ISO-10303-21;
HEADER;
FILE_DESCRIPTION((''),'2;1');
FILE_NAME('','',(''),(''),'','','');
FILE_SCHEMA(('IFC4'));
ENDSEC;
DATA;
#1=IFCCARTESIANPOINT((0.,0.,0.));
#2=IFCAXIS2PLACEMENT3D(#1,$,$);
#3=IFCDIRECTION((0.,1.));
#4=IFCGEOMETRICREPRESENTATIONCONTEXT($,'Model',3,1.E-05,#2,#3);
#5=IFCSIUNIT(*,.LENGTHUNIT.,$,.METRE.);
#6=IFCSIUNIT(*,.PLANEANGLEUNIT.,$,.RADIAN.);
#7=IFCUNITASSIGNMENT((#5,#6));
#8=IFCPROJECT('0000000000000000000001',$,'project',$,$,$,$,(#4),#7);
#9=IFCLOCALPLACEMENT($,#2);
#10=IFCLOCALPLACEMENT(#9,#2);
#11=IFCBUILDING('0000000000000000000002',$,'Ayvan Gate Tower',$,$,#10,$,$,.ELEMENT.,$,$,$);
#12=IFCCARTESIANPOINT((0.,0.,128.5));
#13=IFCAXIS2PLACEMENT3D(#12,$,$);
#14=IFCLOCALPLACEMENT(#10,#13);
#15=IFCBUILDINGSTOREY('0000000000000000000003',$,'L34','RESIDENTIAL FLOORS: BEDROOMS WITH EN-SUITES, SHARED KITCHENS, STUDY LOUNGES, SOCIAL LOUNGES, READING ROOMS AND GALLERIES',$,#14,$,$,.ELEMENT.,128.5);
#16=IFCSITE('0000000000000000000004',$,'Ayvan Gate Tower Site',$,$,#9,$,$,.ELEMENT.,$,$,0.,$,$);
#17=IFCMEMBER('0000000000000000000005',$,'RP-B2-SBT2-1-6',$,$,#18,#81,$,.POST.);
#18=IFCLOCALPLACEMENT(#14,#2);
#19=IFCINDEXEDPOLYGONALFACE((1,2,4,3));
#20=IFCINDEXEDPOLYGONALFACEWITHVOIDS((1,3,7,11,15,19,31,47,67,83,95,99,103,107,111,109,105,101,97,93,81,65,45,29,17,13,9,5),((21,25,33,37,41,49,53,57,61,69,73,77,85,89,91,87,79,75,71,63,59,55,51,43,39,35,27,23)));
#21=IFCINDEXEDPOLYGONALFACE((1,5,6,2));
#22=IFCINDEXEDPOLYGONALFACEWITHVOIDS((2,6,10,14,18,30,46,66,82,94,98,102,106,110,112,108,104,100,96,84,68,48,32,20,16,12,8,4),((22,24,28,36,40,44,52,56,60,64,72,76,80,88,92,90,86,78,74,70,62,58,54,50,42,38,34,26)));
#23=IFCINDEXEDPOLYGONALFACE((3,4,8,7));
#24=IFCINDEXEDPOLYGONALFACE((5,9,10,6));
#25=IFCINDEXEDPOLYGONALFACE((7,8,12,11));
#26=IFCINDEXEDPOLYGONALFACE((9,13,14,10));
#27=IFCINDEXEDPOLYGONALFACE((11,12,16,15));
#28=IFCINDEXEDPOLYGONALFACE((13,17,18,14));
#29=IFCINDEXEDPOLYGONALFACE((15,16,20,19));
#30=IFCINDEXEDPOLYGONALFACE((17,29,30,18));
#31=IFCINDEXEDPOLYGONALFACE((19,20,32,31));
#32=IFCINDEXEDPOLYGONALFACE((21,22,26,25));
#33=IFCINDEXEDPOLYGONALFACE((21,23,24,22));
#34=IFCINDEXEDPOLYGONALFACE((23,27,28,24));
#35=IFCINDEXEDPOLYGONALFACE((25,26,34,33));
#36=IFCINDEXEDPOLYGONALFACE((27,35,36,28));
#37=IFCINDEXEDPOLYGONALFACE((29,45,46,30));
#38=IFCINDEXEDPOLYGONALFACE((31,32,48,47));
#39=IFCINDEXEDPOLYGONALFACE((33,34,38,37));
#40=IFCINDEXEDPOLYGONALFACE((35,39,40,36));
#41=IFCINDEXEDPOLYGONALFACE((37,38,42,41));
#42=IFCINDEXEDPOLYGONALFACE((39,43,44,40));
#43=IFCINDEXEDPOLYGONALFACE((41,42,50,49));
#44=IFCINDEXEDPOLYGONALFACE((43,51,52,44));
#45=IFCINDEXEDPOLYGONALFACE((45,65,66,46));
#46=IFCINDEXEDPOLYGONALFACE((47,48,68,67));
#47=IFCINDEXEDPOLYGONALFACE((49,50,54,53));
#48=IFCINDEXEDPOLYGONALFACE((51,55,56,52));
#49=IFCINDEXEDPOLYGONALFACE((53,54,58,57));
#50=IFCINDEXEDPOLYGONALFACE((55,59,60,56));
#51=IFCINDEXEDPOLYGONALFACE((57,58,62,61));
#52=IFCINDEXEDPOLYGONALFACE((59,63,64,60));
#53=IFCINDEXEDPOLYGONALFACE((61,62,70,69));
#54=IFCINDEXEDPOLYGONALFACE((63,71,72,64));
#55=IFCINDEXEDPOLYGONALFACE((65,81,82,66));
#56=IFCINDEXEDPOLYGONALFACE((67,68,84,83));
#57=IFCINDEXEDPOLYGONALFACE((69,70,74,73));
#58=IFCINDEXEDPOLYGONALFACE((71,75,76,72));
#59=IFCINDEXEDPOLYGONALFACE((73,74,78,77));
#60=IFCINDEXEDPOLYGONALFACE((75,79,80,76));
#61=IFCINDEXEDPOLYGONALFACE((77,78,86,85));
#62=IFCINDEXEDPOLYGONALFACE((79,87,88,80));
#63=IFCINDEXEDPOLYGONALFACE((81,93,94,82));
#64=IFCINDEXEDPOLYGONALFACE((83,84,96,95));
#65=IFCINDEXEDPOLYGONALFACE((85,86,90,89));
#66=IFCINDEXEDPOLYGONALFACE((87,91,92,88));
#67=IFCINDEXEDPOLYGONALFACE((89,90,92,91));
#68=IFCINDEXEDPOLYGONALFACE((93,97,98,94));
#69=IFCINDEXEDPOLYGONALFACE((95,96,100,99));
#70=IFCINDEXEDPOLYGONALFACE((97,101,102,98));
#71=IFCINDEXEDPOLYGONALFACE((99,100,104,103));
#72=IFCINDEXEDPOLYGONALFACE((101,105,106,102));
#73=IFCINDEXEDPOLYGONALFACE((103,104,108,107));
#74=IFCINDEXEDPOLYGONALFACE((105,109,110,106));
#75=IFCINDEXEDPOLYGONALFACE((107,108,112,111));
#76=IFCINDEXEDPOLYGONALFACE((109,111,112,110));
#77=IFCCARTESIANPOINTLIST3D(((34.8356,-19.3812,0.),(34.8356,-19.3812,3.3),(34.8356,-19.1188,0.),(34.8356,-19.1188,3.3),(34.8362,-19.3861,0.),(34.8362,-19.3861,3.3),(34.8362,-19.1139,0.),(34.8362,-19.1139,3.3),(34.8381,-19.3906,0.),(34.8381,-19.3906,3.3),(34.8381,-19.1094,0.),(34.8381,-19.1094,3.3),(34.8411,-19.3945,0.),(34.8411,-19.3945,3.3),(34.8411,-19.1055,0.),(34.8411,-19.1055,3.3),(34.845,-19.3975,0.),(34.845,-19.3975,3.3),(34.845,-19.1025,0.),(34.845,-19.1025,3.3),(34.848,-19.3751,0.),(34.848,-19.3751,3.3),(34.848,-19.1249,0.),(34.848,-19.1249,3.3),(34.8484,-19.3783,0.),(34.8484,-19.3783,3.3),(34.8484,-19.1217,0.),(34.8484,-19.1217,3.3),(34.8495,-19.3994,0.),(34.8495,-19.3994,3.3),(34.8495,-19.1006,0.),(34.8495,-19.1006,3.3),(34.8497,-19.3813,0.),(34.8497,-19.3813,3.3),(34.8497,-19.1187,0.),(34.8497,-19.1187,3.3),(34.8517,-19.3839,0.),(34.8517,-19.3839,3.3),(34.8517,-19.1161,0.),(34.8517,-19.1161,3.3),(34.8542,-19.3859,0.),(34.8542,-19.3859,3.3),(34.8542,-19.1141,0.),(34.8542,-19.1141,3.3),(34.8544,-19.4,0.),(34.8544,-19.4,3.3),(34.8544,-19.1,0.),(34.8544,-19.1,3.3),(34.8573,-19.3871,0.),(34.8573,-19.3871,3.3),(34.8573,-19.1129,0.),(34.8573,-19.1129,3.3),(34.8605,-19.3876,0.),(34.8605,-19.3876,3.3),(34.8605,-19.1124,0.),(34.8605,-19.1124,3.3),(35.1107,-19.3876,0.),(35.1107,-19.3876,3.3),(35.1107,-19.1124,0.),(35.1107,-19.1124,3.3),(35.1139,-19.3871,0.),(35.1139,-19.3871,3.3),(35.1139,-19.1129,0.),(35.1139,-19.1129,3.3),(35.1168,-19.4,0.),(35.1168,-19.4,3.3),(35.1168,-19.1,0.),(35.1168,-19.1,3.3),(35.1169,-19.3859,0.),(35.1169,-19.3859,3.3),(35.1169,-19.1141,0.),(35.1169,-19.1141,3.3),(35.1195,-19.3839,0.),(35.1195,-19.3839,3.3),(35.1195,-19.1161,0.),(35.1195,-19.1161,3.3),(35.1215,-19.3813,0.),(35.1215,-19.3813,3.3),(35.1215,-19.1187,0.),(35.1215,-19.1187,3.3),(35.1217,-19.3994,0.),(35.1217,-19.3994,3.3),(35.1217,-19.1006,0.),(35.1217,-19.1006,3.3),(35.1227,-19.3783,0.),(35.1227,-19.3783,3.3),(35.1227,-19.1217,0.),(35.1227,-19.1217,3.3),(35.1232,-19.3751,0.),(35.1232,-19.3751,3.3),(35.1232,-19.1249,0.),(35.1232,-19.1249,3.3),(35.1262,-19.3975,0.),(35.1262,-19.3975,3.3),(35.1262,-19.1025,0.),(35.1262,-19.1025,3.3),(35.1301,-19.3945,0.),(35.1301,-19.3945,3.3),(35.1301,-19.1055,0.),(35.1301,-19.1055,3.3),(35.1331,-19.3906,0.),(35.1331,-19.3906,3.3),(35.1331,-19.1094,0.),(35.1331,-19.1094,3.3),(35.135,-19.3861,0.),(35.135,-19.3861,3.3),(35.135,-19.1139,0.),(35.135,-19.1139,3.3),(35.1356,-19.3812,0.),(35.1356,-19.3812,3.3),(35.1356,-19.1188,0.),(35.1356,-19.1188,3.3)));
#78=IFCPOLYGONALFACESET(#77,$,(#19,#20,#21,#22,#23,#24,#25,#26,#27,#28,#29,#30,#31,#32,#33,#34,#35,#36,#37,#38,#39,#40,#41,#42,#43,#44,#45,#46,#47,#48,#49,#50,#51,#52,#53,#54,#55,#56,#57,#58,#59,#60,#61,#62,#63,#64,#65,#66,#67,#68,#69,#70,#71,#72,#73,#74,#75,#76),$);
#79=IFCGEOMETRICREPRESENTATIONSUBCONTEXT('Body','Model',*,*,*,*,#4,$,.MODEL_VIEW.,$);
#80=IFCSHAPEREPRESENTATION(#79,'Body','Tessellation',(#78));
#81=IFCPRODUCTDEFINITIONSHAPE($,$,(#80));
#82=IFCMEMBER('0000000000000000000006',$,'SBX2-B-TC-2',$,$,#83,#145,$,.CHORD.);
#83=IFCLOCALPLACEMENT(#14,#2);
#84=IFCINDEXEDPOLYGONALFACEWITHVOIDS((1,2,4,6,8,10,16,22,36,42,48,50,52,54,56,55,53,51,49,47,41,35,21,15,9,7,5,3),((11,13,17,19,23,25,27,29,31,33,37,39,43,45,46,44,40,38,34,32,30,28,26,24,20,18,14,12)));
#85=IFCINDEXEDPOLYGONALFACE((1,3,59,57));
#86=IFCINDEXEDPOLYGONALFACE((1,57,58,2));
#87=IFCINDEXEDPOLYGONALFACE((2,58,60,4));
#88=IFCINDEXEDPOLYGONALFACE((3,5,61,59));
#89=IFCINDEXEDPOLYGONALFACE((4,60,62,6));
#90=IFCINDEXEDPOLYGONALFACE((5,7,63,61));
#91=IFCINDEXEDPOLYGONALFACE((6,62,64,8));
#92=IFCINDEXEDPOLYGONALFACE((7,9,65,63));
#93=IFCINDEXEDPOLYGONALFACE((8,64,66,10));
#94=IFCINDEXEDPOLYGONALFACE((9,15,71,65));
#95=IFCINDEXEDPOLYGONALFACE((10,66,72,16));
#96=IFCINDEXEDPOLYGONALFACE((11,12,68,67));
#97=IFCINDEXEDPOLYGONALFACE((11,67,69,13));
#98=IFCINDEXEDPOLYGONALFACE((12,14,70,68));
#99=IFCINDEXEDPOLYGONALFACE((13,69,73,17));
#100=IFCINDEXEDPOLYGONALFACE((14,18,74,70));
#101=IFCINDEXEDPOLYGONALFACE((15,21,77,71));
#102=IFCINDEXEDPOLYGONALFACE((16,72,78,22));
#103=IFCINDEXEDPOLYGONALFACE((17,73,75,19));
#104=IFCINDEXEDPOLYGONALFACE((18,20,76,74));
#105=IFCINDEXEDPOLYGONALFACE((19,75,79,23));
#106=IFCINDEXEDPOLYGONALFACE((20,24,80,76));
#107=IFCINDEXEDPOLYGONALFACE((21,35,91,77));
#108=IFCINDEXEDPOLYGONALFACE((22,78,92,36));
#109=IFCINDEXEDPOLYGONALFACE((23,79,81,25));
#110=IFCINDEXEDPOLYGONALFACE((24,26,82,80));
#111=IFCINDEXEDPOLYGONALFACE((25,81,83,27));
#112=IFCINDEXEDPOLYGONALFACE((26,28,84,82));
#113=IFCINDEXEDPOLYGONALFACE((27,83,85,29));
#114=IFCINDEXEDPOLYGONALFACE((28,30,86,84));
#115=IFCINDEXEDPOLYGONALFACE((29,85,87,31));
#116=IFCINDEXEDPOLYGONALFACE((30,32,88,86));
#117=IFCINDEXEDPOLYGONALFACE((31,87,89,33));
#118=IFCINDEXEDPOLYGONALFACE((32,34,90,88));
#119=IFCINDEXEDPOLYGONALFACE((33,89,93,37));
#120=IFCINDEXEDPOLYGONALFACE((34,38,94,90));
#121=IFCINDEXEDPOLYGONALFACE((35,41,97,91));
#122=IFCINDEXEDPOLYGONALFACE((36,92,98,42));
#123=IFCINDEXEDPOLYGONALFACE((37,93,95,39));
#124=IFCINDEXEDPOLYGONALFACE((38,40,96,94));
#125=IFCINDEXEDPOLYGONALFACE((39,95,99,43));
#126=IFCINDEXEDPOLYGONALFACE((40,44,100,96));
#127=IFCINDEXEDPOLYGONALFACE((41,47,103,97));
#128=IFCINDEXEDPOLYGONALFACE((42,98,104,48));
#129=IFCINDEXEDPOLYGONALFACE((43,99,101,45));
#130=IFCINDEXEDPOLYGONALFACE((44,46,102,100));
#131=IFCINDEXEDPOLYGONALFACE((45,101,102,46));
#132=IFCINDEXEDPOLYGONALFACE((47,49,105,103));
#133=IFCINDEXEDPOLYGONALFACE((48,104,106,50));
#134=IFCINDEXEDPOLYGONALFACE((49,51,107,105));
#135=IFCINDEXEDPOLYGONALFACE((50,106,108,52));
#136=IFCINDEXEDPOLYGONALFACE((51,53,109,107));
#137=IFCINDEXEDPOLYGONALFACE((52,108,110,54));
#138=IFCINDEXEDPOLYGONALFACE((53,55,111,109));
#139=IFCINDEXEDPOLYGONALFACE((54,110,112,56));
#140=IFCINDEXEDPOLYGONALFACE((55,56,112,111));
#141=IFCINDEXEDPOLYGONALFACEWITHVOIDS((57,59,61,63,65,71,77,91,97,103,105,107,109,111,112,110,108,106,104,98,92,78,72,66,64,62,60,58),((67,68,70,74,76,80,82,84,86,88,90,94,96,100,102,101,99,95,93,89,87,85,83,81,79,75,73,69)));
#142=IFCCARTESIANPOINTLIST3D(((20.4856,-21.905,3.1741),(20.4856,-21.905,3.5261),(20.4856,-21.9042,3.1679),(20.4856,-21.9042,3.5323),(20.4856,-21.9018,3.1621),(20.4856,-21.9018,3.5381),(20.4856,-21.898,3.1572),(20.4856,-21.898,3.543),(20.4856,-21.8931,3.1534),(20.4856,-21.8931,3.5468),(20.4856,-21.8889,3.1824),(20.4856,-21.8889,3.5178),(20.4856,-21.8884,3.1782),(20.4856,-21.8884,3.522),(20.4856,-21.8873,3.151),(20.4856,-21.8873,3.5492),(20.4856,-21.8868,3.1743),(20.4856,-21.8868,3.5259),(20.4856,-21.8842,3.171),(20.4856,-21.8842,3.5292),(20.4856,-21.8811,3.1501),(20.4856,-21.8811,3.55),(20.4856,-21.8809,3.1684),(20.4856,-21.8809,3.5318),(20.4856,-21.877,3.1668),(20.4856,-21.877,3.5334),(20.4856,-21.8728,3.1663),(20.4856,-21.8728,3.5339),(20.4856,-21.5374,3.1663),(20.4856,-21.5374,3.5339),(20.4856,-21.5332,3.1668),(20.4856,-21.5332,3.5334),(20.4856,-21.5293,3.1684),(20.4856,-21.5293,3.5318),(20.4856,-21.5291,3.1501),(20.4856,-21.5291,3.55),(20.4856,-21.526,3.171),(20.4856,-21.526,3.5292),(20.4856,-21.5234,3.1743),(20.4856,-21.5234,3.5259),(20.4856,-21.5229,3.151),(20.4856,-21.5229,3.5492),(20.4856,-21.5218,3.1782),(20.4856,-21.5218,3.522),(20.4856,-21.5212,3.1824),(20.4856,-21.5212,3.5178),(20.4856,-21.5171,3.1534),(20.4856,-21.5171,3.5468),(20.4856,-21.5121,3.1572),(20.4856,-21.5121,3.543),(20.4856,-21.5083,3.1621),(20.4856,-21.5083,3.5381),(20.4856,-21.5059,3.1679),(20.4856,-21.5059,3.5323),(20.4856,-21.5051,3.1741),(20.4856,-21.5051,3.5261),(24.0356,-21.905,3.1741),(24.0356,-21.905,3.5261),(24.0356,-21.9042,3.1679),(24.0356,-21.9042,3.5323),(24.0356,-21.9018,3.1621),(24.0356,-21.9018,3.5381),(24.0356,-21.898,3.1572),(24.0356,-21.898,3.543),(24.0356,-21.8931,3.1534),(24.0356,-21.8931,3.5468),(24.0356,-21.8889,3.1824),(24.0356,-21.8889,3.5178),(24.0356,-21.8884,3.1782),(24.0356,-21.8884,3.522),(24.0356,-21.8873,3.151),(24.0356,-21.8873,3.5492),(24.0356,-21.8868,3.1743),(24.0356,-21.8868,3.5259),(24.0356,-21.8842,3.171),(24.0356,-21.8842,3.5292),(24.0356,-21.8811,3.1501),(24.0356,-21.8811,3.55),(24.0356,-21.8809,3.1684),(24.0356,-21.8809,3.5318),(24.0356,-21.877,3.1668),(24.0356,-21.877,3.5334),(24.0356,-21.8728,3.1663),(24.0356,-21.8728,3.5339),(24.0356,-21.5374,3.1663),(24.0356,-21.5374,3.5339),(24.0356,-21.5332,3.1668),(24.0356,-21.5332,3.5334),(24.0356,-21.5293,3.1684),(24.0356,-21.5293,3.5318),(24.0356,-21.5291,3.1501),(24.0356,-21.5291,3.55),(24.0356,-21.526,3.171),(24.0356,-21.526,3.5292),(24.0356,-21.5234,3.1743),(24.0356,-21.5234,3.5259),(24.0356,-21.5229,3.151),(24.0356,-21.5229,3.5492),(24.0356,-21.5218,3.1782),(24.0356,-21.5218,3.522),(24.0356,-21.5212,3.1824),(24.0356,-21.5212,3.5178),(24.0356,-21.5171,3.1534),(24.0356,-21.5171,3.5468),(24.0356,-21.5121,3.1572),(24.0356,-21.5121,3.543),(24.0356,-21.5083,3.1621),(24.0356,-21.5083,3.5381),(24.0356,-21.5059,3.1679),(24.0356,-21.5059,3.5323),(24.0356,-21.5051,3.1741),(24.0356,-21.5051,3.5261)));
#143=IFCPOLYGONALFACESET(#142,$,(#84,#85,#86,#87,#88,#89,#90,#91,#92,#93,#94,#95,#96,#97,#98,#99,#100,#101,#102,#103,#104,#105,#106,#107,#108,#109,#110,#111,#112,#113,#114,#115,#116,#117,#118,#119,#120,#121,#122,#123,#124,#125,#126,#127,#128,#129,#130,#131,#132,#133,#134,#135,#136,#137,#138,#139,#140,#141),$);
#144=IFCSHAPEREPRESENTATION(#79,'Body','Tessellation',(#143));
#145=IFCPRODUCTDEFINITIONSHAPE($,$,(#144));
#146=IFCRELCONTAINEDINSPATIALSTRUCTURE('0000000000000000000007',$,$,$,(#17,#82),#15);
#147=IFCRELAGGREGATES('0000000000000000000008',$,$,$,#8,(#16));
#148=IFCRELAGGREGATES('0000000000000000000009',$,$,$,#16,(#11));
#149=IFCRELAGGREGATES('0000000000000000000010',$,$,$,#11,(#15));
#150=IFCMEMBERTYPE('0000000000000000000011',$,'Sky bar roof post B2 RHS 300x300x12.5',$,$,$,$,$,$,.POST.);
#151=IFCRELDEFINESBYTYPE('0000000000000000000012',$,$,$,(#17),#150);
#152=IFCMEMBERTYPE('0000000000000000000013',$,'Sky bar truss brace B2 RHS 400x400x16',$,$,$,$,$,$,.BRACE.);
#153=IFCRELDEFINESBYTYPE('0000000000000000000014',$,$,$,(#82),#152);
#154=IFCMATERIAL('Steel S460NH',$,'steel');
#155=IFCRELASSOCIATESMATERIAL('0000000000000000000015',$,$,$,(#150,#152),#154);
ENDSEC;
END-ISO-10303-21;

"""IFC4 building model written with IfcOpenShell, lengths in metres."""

from ifc_helpers import new_model, si_unit, direction, frame, origin, origin_2d, place, context, subcontext, project, spatial, hollow_rectangle, extrude, material, material_profile, profile_set, type_object, element, save


model = new_model("IFC4")

# Units and contexts
model_context = context("Model", 3, precision=1e-05, world=origin(), true_north=direction((0.0, 1.0)))
body_context = subcontext(model_context, "Body", "Model", "MODEL_VIEW")
ifc_project = project(units=[si_unit("LENGTHUNIT", "METRE"), si_unit("PLANEANGLEUNIT", "RADIAN")], contexts=[model_context])

# Site, building, storey
site_placement = place(None, origin())
site = spatial("IfcSite", under=ifc_project, at=site_placement, Name="Ayvan Gate Tower Site", CompositionType="ELEMENT", RefElevation=0.0)
building_placement = place(site_placement, origin())
building = spatial("IfcBuilding", under=site, at=building_placement, Name="Ayvan Gate Tower", CompositionType="ELEMENT")
storey_placement = place(building_placement, frame((0.0, 0.0, 128.5)))
storey = spatial("IfcBuildingStorey", under=building, at=storey_placement, Name="L34", Description="RESIDENTIAL FLOORS: BEDROOMS WITH EN-SUITES, SHARED KITCHENS, STUDY LOUNGES, SOCIAL LOUNGES, READING ROOMS AND GALLERIES", CompositionType="ELEMENT", Elevation=128.5)

# Members
ifc_material_1 = material(Name="Steel S460NH", Category="steel")
ifc_material_profile_1 = material_profile(ifc_material_1, hollow_rectangle(XDim=0.3, YDim=0.3, WallThickness=0.0125, InnerFilletRadius=0.0125, OuterFilletRadius=0.0188, at=origin_2d()), Name="RHS 300x300x12.5")
ifc_profile_set_1 = profile_set([ifc_material_profile_1], Name="Steel S460NH")
member_type_1 = type_object("IfcMemberType", Name="Sky bar roof post B2 RHS 300x300x12.5", PredefinedType="POST", material=ifc_profile_set_1)
for number, where, z_axis, x_axis, name in (
    (1, (34.9856, -19.25, 0.0), (0.0, 0.0, 1.0), (1.0, 0.0, 0.0), "RP-B2-SBT2-1-6"),
):
    element("IfcMember", number, at=place(storey_placement, frame(where, z_axis=z_axis, x_axis=x_axis)), inside=storey, type_object=member_type_1, Name=name, PredefinedType="POST", context=body_context, shape_type="SweptSolid", body=[
        extrude(hollow_rectangle(XDim=0.3, YDim=0.3, WallThickness=0.0125, InnerFilletRadius=0.0125, OuterFilletRadius=0.0188, at=origin_2d()), origin(), (0.0, 0.0, 1.0), 3.3),
    ])
ifc_material_profile_2 = material_profile(ifc_material_1, hollow_rectangle(XDim=0.3999, YDim=0.3999, WallThickness=0.0161, InnerFilletRadius=0.0161, OuterFilletRadius=0.0239, at=origin_2d()), Name="RHS 400x400x16")
ifc_profile_set_2 = profile_set([ifc_material_profile_2], Name="Steel S460NH")
member_type_2 = type_object("IfcMemberType", Name="Sky bar truss brace B2 RHS 400x400x16", PredefinedType="BRACE", material=ifc_profile_set_2)
for number, where, z_axis, x_axis, name in (
    (2, (20.4856, -21.7051, 3.3501), (1.0, 0.0, 0.0), (0.0, 1.0, 0.0), "SBX2-B-TC-2"),
):
    element("IfcMember", number, at=place(storey_placement, frame(where, z_axis=z_axis, x_axis=x_axis)), inside=storey, type_object=member_type_2, Name=name, PredefinedType="CHORD", context=body_context, shape_type="SweptSolid", body=[
        extrude(hollow_rectangle(XDim=0.3999, YDim=0.3999, WallThickness=0.0161, InnerFilletRadius=0.0161, OuterFilletRadius=0.0239, at=origin_2d()), origin(), (0.0, 0.0, 1.0), 3.55),
    ])

save(model, "model.ifc")
